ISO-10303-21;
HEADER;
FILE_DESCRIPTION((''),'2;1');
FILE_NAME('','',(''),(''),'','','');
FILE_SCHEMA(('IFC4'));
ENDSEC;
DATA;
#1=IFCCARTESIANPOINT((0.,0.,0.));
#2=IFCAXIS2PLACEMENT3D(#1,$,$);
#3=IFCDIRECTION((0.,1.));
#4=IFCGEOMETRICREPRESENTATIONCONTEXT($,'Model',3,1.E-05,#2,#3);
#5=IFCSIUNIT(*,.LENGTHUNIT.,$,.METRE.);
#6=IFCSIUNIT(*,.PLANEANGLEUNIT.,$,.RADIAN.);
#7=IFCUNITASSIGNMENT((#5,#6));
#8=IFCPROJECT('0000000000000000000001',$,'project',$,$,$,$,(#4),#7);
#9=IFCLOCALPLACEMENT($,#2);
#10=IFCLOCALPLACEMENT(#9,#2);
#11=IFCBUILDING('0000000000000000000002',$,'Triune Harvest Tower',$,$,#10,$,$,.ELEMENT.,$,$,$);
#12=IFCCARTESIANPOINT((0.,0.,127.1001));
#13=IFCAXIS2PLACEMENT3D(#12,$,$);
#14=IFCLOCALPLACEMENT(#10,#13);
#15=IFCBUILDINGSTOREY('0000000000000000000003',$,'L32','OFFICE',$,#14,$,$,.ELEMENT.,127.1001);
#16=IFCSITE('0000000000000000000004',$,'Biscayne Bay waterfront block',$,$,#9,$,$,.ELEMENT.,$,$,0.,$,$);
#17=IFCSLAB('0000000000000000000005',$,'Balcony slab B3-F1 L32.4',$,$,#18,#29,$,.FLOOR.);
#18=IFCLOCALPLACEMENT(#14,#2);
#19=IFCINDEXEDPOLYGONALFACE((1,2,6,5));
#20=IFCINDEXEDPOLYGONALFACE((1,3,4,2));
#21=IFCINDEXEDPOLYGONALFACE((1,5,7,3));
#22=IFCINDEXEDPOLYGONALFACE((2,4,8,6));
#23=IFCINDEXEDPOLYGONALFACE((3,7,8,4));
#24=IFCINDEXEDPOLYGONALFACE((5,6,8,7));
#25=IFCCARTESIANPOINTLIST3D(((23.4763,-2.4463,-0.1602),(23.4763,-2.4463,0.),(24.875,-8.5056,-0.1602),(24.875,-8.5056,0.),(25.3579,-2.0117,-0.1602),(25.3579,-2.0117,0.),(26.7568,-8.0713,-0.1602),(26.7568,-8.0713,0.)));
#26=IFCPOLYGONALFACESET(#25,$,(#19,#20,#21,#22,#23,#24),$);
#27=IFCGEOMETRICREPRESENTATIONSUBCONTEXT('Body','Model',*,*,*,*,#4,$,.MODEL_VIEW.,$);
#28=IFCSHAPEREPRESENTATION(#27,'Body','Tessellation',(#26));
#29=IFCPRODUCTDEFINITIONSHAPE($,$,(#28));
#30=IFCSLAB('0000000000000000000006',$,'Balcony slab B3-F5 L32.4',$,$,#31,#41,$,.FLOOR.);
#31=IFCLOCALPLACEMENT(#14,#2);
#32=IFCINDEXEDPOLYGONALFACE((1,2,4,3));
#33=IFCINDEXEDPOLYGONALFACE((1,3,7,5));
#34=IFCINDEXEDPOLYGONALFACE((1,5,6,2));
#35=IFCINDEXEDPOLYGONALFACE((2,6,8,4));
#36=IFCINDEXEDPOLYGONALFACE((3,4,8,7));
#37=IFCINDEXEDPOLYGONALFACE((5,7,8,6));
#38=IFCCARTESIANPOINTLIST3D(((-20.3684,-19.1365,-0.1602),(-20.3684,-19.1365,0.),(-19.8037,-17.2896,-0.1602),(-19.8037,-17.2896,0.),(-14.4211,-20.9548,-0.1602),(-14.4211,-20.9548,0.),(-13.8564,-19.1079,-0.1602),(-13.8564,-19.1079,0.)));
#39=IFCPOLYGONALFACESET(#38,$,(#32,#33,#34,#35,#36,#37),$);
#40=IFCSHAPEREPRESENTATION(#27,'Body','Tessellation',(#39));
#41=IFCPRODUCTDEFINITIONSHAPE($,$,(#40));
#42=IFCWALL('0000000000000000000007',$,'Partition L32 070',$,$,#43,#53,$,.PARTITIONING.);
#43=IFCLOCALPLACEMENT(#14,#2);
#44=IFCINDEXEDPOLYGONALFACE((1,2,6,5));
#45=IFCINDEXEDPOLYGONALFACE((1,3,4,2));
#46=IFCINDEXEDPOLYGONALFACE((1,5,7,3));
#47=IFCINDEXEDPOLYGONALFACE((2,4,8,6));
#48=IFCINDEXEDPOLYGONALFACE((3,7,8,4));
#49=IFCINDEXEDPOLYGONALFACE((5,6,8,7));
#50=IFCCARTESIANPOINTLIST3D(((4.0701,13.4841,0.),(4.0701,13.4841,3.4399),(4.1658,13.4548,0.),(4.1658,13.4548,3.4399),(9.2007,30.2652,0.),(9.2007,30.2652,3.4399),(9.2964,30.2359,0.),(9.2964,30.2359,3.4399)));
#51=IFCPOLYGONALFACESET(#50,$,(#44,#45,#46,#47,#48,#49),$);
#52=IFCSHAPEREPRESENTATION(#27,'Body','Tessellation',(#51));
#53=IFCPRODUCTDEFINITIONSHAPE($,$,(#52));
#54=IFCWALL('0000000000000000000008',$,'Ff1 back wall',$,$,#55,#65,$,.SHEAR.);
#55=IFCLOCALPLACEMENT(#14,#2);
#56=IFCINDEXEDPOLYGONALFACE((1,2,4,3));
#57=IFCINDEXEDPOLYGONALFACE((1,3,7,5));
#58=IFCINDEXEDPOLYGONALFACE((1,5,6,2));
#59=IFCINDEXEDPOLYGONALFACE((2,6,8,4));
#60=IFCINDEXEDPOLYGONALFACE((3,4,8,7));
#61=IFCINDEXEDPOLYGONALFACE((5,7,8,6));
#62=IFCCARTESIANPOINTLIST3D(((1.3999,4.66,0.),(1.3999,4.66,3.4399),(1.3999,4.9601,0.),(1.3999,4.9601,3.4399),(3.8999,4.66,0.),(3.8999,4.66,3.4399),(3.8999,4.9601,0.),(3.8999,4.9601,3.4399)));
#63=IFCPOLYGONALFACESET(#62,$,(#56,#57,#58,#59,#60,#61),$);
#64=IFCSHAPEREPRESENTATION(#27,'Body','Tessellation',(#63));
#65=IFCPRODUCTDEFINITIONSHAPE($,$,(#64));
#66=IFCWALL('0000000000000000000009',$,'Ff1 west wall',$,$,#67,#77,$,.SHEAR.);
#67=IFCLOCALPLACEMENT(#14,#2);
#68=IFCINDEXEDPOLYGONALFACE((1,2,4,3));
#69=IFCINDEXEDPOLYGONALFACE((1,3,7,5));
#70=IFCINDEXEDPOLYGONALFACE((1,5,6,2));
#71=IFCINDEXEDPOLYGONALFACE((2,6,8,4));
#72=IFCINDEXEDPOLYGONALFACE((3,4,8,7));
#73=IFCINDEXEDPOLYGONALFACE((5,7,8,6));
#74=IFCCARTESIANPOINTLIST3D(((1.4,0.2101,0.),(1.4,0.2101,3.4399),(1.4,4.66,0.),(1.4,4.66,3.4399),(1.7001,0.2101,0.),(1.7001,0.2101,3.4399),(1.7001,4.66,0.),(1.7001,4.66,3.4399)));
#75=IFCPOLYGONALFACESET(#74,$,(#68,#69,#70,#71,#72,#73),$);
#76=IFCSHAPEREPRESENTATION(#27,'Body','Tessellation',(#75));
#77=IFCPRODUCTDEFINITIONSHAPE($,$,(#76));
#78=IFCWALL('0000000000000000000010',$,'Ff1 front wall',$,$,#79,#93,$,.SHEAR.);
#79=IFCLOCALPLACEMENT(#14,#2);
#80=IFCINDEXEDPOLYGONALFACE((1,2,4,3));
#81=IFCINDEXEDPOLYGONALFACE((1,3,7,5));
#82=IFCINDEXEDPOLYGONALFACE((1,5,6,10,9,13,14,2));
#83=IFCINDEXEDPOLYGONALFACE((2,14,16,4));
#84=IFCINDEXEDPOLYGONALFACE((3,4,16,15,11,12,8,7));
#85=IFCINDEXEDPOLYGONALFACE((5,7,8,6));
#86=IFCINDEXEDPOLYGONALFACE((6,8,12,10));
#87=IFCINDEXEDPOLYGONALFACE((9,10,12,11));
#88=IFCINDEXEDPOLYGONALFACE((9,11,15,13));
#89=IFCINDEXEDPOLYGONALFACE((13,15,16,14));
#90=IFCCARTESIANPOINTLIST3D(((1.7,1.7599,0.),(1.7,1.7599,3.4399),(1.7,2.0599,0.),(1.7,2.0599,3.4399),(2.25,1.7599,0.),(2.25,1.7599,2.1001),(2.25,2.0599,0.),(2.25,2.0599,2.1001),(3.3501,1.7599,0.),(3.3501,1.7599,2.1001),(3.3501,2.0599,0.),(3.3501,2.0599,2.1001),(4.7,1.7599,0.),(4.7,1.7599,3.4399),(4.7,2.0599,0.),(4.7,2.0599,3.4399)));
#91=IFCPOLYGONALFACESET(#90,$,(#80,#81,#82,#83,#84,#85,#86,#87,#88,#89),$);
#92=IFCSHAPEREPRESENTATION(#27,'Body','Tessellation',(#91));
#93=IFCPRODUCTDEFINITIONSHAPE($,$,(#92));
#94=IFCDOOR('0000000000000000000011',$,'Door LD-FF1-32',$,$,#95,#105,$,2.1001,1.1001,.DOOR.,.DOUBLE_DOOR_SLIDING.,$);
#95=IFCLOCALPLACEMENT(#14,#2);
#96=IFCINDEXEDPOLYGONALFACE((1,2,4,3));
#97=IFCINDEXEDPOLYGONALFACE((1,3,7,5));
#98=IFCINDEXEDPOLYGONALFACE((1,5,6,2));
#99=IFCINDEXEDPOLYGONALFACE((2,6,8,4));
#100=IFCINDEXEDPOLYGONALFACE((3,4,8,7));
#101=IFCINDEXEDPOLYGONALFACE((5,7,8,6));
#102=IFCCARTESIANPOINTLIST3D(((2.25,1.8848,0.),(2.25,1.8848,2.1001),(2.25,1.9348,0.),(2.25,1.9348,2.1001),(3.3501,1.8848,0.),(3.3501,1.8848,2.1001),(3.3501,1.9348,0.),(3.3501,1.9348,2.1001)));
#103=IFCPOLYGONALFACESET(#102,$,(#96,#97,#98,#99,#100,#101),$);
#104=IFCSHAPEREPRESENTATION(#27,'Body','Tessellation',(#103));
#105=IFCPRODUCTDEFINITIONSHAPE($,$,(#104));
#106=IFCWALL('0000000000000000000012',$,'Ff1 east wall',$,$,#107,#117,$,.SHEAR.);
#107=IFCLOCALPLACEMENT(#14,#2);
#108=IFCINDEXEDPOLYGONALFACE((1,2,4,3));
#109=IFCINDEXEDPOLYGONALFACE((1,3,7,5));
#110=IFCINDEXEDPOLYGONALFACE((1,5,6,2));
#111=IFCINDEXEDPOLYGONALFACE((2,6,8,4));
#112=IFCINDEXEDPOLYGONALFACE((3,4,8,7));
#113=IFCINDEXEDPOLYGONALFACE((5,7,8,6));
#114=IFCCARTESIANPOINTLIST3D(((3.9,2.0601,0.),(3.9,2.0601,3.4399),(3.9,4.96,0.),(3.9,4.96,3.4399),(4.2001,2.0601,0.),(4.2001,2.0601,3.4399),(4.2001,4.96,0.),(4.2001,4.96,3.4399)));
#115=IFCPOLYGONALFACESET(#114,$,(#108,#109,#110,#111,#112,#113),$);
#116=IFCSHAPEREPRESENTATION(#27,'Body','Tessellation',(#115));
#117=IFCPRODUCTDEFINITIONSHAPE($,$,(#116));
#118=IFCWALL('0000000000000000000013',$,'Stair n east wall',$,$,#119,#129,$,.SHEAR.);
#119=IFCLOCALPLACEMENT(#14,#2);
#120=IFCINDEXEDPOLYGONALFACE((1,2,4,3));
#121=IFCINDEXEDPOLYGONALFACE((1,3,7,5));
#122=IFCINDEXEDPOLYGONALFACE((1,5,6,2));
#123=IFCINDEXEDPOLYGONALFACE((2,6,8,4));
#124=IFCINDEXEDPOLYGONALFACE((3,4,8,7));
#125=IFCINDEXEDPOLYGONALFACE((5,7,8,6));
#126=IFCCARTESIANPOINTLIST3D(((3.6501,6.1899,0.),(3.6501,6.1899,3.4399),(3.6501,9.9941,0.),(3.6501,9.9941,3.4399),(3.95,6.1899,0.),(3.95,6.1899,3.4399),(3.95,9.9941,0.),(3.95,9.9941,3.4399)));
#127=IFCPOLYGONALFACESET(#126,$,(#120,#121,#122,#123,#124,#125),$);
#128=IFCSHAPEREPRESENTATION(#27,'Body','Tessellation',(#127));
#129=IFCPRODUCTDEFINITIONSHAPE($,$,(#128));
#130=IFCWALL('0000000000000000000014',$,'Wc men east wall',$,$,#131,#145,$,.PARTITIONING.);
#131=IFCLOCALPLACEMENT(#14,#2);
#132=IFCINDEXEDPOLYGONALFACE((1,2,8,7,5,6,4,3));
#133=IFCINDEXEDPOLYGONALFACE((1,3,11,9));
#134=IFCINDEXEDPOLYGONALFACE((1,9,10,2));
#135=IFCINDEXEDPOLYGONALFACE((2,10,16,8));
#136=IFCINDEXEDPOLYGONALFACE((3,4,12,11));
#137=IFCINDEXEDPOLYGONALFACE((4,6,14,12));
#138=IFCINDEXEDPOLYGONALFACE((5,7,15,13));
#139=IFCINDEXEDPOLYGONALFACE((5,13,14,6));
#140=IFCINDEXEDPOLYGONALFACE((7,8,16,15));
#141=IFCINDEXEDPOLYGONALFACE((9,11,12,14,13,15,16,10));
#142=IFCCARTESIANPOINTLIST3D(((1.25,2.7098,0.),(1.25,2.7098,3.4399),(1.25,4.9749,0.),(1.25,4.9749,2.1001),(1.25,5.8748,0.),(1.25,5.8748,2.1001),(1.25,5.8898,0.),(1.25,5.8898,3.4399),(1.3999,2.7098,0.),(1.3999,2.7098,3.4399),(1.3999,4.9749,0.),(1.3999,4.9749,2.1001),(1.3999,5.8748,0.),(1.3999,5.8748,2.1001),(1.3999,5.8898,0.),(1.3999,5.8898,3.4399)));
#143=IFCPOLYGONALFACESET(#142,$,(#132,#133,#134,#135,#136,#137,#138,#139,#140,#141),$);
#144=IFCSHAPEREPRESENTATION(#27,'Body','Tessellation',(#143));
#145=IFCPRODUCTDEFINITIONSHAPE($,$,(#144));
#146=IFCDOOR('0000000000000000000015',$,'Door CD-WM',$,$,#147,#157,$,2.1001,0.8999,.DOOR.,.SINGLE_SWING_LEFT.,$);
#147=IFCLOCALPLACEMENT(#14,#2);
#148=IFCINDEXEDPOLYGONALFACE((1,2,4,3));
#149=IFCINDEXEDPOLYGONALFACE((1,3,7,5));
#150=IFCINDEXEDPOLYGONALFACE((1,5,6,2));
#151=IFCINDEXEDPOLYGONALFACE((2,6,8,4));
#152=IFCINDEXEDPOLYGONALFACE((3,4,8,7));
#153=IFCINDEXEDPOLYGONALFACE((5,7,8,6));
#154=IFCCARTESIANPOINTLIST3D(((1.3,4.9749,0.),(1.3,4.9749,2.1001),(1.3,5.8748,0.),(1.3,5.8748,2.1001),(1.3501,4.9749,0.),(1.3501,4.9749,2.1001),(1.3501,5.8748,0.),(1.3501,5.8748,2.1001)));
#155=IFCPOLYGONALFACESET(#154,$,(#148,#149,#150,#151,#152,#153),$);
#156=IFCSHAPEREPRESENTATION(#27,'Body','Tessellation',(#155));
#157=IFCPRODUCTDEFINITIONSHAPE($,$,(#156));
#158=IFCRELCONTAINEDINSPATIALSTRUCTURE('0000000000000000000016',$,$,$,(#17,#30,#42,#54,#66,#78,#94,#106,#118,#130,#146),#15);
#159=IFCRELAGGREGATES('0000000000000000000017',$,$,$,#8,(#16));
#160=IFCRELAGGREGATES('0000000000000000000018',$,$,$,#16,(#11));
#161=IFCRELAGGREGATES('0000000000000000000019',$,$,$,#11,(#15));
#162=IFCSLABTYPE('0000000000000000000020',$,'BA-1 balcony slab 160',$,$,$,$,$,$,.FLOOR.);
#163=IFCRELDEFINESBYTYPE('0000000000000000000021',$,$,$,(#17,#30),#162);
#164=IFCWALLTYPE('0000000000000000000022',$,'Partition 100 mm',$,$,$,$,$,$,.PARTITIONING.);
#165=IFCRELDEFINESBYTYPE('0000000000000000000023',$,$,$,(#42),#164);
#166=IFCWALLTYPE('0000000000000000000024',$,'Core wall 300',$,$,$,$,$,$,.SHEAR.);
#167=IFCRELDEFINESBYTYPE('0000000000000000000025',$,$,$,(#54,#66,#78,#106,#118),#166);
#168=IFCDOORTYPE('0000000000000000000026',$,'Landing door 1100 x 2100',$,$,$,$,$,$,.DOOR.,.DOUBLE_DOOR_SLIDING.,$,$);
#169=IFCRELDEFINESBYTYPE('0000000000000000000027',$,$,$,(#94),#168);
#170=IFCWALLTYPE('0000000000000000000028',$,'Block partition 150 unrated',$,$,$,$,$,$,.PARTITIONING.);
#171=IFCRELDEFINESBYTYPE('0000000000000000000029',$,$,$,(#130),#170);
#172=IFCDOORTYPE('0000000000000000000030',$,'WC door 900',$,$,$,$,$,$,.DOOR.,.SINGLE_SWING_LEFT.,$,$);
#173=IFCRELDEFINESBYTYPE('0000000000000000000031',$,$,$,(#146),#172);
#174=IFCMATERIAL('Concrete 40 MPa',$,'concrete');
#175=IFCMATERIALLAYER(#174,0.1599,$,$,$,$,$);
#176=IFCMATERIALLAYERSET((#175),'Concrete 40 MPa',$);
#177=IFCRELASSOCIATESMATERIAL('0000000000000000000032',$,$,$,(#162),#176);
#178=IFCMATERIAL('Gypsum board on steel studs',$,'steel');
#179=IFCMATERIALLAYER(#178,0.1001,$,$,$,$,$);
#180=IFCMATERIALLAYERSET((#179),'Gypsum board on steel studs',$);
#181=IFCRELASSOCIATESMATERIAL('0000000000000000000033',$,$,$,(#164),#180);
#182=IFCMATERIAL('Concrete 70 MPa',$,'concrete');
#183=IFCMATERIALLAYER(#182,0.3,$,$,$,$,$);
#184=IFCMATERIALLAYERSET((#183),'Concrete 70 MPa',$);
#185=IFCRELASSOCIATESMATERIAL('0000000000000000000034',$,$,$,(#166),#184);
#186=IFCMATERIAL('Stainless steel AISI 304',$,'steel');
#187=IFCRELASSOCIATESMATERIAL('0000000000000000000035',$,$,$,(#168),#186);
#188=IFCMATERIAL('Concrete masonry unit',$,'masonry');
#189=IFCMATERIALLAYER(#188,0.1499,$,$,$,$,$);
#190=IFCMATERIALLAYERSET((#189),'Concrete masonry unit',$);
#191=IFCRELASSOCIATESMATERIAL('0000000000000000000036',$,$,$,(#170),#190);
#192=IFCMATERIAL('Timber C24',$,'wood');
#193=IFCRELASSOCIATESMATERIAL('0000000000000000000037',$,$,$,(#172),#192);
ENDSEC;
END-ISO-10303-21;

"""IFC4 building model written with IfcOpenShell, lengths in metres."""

from ifc_helpers import new_model, si_unit, direction, frame, frame_2d, origin, place, context, subcontext, project, spatial, polyline, rectangle, outline, extrude, source, transform, mapped, material, layer, layer_set, type_object, element, fill, save


model = new_model("IFC4")

# Units and contexts
model_context = context("Model", 3, precision=1e-05, world=origin(), true_north=direction((0.0, 1.0)))
body_context = subcontext(model_context, "Body", "Model", "MODEL_VIEW")
ifc_project = project(units=[si_unit("LENGTHUNIT", "METRE"), si_unit("PLANEANGLEUNIT", "RADIAN")], contexts=[model_context])

# Site, building, storey
site_placement = place(None, origin())
site = spatial("IfcSite", under=ifc_project, at=site_placement, Name="Biscayne Bay waterfront block", CompositionType="ELEMENT", RefElevation=0.0)
building_placement = place(site_placement, origin())
building = spatial("IfcBuilding", under=site, at=building_placement, Name="Triune Harvest Tower", CompositionType="ELEMENT")
storey_placement = place(building_placement, frame((0.0, 0.0, 127.1001)))
storey = spatial("IfcBuildingStorey", under=building, at=storey_placement, Name="L32", Description="OFFICE", CompositionType="ELEMENT", Elevation=127.1001)

# Slabs
ifc_material_1 = material(Name="Concrete 40 MPa", Category="concrete")
ifc_layer_1 = layer(ifc_material_1, 0.1599)
ifc_layer_set_1 = layer_set([ifc_layer_1], Name="Concrete 40 MPa")
slab_type = type_object("IfcSlabType", Name="BA-1 balcony slab 160", PredefinedType="FLOOR", material=ifc_layer_set_1)
slab_1_placement = place(storey_placement, frame((0.0, 0.0, -0.1602)))
element("IfcSlab", 1, at=slab_1_placement, inside=storey, type_object=slab_type, Name="Balcony slab B3-F1 L32.4", PredefinedType="FLOOR", context=body_context, shape_type="SweptSolid", body=[
    extrude(outline(polyline([(24.875, -8.5056), (23.4763, -2.4463), (25.3579, -2.0117), (26.7568, -8.0713), (24.875, -8.5056)])), origin(), (0.0, 0.0, 1.0), 0.1602),
])
slab_2_placement = place(storey_placement, frame((0.0, 0.0, -0.1602)))
element("IfcSlab", 2, at=slab_2_placement, inside=storey, type_object=slab_type, Name="Balcony slab B3-F5 L32.4", PredefinedType="FLOOR", context=body_context, shape_type="SweptSolid", body=[
    extrude(outline(polyline([(-19.8037, -17.2896), (-13.8564, -19.1079), (-14.4211, -20.9548), (-20.3684, -19.1365), (-19.8037, -17.2896)])), origin(), (0.0, 0.0, 1.0), 0.1602),
])

# Walls
ifc_material_2 = material(Name="Gypsum board on steel studs", Category="steel")
ifc_layer_2 = layer(ifc_material_2, 0.1001)
ifc_layer_set_2 = layer_set([ifc_layer_2], Name="Gypsum board on steel studs")
wall_type_1 = type_object("IfcWallType", Name="Partition 100 mm", PredefinedType="PARTITIONING", material=ifc_layer_set_2)
wall_1_placement = place(storey_placement, frame((4.1179, 13.4695, 0.0), z_axis=(0.0, 0.0, 1.0), x_axis=(0.292379, 0.956302, 0.0)))
element("IfcWall", 3, at=wall_1_placement, inside=storey, type_object=wall_type_1, Name="Partition L32 070", PredefinedType="PARTITIONING", context=body_context, shape_type="SweptSolid", body=[
    extrude(rectangle(XDim=17.5479, YDim=0.1001, at=frame_2d((8.7739, 0.0))), origin(), (0.0, 0.0, 1.0), 3.4399),
])
ifc_material_3 = material(Name="Concrete 70 MPa", Category="concrete")
ifc_layer_3 = layer(ifc_material_3, 0.3)
ifc_layer_set_3 = layer_set([ifc_layer_3], Name="Concrete 70 MPa")
wall_type_2 = type_object("IfcWallType", Name="Core wall 300", PredefinedType="SHEAR", material=ifc_layer_set_3)
shared_shape_1 = source(origin(), body_context, "Body", "SweptSolid", [
    extrude(rectangle(XDim=2.5, YDim=0.3, at=frame_2d((1.25, 0.0))), origin(), (0.0, 0.0, 1.0), 3.4399),
])
wall_2_placement = place(storey_placement, frame((1.3999, 4.8101, 0.0), z_axis=(0.0, 0.0, 1.0), x_axis=(1.0, 0.0, 0.0)))
element("IfcWall", 4, at=wall_2_placement, inside=storey, type_object=wall_type_2, Name="Ff1 back wall", PredefinedType="SHEAR", context=body_context, shape_type="MappedRepresentation", body=[
    mapped(shared_shape_1, transform((0.0, 0.0, 0.0), scale=1.0)),
])
shared_shape_2 = source(origin(), body_context, "Body", "SweptSolid", [
    extrude(rectangle(XDim=4.45, YDim=0.3, at=frame_2d((2.2251, 0.0))), origin(), (0.0, 0.0, 1.0), 3.4399),
])
wall_3_placement = place(storey_placement, frame((1.55, 0.21, 0.0), z_axis=(0.0, 0.0, 1.0), x_axis=(0.0, 1.0, 0.0)))
element("IfcWall", 5, at=wall_3_placement, inside=storey, type_object=wall_type_2, Name="Ff1 west wall", PredefinedType="SHEAR", context=body_context, shape_type="MappedRepresentation", body=[
    mapped(shared_shape_2, transform((0.0, 0.0, 0.0), scale=1.0)),
])

# Wall, opening, door
shared_shape_3 = source(origin(), body_context, "Body", "SweptSolid", [
    extrude(rectangle(XDim=3.0, YDim=0.3, at=frame_2d((1.5, 0.0))), origin(), (0.0, 0.0, 1.0), 3.4399),
])
wall_4_placement = place(storey_placement, frame((1.7, 1.9099, 0.0), z_axis=(0.0, 0.0, 1.0), x_axis=(1.0, 0.0, 0.0)))
wall_4 = element("IfcWall", 6, at=wall_4_placement, inside=storey, type_object=wall_type_2, Name="Ff1 front wall", PredefinedType="SHEAR", context=body_context, shape_type="MappedRepresentation", body=[
    mapped(shared_shape_3, transform((0.0, 0.0, 0.0), scale=1.0)),
])
opening_1_placement = place(wall_4_placement, frame((0.55, 0.0, 0.0)))
opening_1 = element("IfcOpeningElement", 7, at=opening_1_placement, cuts=wall_4, PredefinedType="OPENING", context=body_context, shape_type="SweptSolid", body=[
    extrude(rectangle(XDim=1.1001, YDim=2.1001, at=frame_2d((0.55, 1.05))), frame((0.0, 0.1602, 0.0), z_axis=(0.0, -1.0, 0.0), x_axis=(1.0, 0.0, 0.0)), (0.0, 0.0, 1.0), 0.3201),
])
ifc_material_4 = material(Name="Stainless steel AISI 304", Category="steel")
door_type_1 = type_object("IfcDoorType", Name="Landing door 1100 x 2100", OperationType="DOUBLE_DOOR_SLIDING", PredefinedType="DOOR", material=ifc_material_4)
door_1_placement = place(opening_1_placement, origin())
door_1 = element("IfcDoor", 8, at=door_1_placement, inside=storey, type_object=door_type_1, Name="Door LD-FF1-32", OperationType="DOUBLE_DOOR_SLIDING", OverallHeight=2.1001, OverallWidth=1.1001, PredefinedType="DOOR", context=body_context, shape_type="SweptSolid", body=[
    extrude(rectangle(XDim=1.1001, YDim=2.1001, at=frame_2d((0.55, 1.05))), frame((0.0, 0.0249, 0.0), z_axis=(0.0, -1.0, 0.0), x_axis=(1.0, 0.0, 0.0)), (0.0, 0.0, 1.0), 0.05),
])
fill(opening_1, door_1)

# Walls
shared_shape_4 = source(origin(), body_context, "Body", "SweptSolid", [
    extrude(rectangle(XDim=2.8999, YDim=0.3, at=frame_2d((1.45, 0.0))), origin(), (0.0, 0.0, 1.0), 3.4399),
])
wall_5_placement = place(storey_placement, frame((4.05, 2.0601, 0.0), z_axis=(0.0, 0.0, 1.0), x_axis=(0.0, 1.0, 0.0)))
element("IfcWall", 9, at=wall_5_placement, inside=storey, type_object=wall_type_2, Name="Ff1 east wall", PredefinedType="SHEAR", context=body_context, shape_type="MappedRepresentation", body=[
    mapped(shared_shape_4, transform((0.0, 0.0, 0.0), scale=1.0)),
])
shared_shape_5 = source(origin(), body_context, "Body", "SweptSolid", [
    extrude(outline(polyline([(0.0, -0.1499), (0.0, 0.1499), (3.8042, 0.1499), (3.8042, -0.1499), (0.0, -0.1499)])), origin(), (0.0, 0.0, 1.0), 3.4399),
])
wall_6_placement = place(storey_placement, frame((3.8, 6.1899, 0.0), z_axis=(0.0, 0.0, 1.0), x_axis=(0.0, 1.0, 0.0)))
element("IfcWall", 10, at=wall_6_placement, inside=storey, type_object=wall_type_2, Name="Stair n east wall", PredefinedType="SHEAR", context=body_context, shape_type="MappedRepresentation", body=[
    mapped(shared_shape_5, transform((0.0, 0.0, 0.0), scale=1.0)),
])

# Wall, opening, door
ifc_material_5 = material(Name="Concrete masonry unit", Category="masonry")
ifc_layer_4 = layer(ifc_material_5, 0.1499)
ifc_layer_set_4 = layer_set([ifc_layer_4], Name="Concrete masonry unit")
wall_type_3 = type_object("IfcWallType", Name="Block partition 150 unrated", PredefinedType="PARTITIONING", material=ifc_layer_set_4)
shared_shape_6 = source(origin(), body_context, "Body", "SweptSolid", [
    extrude(rectangle(XDim=3.1799, YDim=0.1499, at=frame_2d((1.5898, 0.0))), origin(), (0.0, 0.0, 1.0), 3.4399),
])
wall_7_placement = place(storey_placement, frame((1.325, 2.71, 0.0), z_axis=(0.0, 0.0, 1.0), x_axis=(0.0, 1.0, 0.0)))
wall_7 = element("IfcWall", 11, at=wall_7_placement, inside=storey, type_object=wall_type_3, Name="Wc men east wall", PredefinedType="PARTITIONING", context=body_context, shape_type="MappedRepresentation", body=[
    mapped(shared_shape_6, transform((0.0, 0.0, 0.0), scale=1.0)),
])
opening_2_placement = place(wall_7_placement, frame((2.2649, 0.0, 0.0)))
opening_2 = element("IfcOpeningElement", 12, at=opening_2_placement, cuts=wall_7, PredefinedType="OPENING", context=body_context, shape_type="SweptSolid", body=[
    extrude(rectangle(XDim=0.8999, YDim=2.1001, at=frame_2d((0.45, 1.05))), frame((0.0, 0.085, 0.0), z_axis=(0.0, -1.0, 0.0), x_axis=(1.0, 0.0, 0.0)), (0.0, 0.0, 1.0), 0.1699),
])
ifc_material_6 = material(Name="Timber C24", Category="wood")
door_type_2 = type_object("IfcDoorType", Name="WC door 900", OperationType="SINGLE_SWING_LEFT", PredefinedType="DOOR", material=ifc_material_6)
door_2_placement = place(opening_2_placement, origin())
door_2 = element("IfcDoor", 13, at=door_2_placement, inside=storey, type_object=door_type_2, Name="Door CD-WM", OperationType="SINGLE_SWING_LEFT", OverallHeight=2.1001, OverallWidth=0.8999, PredefinedType="DOOR", context=body_context, shape_type="SweptSolid", body=[
    extrude(rectangle(XDim=0.8999, YDim=2.1001, at=frame_2d((0.45, 1.05))), frame((0.0, 0.0249, 0.0), z_axis=(0.0, -1.0, 0.0), x_axis=(1.0, 0.0, 0.0)), (0.0, 0.0, 1.0), 0.05),
])
fill(opening_2, door_2)

save(model, "model.ifc")
